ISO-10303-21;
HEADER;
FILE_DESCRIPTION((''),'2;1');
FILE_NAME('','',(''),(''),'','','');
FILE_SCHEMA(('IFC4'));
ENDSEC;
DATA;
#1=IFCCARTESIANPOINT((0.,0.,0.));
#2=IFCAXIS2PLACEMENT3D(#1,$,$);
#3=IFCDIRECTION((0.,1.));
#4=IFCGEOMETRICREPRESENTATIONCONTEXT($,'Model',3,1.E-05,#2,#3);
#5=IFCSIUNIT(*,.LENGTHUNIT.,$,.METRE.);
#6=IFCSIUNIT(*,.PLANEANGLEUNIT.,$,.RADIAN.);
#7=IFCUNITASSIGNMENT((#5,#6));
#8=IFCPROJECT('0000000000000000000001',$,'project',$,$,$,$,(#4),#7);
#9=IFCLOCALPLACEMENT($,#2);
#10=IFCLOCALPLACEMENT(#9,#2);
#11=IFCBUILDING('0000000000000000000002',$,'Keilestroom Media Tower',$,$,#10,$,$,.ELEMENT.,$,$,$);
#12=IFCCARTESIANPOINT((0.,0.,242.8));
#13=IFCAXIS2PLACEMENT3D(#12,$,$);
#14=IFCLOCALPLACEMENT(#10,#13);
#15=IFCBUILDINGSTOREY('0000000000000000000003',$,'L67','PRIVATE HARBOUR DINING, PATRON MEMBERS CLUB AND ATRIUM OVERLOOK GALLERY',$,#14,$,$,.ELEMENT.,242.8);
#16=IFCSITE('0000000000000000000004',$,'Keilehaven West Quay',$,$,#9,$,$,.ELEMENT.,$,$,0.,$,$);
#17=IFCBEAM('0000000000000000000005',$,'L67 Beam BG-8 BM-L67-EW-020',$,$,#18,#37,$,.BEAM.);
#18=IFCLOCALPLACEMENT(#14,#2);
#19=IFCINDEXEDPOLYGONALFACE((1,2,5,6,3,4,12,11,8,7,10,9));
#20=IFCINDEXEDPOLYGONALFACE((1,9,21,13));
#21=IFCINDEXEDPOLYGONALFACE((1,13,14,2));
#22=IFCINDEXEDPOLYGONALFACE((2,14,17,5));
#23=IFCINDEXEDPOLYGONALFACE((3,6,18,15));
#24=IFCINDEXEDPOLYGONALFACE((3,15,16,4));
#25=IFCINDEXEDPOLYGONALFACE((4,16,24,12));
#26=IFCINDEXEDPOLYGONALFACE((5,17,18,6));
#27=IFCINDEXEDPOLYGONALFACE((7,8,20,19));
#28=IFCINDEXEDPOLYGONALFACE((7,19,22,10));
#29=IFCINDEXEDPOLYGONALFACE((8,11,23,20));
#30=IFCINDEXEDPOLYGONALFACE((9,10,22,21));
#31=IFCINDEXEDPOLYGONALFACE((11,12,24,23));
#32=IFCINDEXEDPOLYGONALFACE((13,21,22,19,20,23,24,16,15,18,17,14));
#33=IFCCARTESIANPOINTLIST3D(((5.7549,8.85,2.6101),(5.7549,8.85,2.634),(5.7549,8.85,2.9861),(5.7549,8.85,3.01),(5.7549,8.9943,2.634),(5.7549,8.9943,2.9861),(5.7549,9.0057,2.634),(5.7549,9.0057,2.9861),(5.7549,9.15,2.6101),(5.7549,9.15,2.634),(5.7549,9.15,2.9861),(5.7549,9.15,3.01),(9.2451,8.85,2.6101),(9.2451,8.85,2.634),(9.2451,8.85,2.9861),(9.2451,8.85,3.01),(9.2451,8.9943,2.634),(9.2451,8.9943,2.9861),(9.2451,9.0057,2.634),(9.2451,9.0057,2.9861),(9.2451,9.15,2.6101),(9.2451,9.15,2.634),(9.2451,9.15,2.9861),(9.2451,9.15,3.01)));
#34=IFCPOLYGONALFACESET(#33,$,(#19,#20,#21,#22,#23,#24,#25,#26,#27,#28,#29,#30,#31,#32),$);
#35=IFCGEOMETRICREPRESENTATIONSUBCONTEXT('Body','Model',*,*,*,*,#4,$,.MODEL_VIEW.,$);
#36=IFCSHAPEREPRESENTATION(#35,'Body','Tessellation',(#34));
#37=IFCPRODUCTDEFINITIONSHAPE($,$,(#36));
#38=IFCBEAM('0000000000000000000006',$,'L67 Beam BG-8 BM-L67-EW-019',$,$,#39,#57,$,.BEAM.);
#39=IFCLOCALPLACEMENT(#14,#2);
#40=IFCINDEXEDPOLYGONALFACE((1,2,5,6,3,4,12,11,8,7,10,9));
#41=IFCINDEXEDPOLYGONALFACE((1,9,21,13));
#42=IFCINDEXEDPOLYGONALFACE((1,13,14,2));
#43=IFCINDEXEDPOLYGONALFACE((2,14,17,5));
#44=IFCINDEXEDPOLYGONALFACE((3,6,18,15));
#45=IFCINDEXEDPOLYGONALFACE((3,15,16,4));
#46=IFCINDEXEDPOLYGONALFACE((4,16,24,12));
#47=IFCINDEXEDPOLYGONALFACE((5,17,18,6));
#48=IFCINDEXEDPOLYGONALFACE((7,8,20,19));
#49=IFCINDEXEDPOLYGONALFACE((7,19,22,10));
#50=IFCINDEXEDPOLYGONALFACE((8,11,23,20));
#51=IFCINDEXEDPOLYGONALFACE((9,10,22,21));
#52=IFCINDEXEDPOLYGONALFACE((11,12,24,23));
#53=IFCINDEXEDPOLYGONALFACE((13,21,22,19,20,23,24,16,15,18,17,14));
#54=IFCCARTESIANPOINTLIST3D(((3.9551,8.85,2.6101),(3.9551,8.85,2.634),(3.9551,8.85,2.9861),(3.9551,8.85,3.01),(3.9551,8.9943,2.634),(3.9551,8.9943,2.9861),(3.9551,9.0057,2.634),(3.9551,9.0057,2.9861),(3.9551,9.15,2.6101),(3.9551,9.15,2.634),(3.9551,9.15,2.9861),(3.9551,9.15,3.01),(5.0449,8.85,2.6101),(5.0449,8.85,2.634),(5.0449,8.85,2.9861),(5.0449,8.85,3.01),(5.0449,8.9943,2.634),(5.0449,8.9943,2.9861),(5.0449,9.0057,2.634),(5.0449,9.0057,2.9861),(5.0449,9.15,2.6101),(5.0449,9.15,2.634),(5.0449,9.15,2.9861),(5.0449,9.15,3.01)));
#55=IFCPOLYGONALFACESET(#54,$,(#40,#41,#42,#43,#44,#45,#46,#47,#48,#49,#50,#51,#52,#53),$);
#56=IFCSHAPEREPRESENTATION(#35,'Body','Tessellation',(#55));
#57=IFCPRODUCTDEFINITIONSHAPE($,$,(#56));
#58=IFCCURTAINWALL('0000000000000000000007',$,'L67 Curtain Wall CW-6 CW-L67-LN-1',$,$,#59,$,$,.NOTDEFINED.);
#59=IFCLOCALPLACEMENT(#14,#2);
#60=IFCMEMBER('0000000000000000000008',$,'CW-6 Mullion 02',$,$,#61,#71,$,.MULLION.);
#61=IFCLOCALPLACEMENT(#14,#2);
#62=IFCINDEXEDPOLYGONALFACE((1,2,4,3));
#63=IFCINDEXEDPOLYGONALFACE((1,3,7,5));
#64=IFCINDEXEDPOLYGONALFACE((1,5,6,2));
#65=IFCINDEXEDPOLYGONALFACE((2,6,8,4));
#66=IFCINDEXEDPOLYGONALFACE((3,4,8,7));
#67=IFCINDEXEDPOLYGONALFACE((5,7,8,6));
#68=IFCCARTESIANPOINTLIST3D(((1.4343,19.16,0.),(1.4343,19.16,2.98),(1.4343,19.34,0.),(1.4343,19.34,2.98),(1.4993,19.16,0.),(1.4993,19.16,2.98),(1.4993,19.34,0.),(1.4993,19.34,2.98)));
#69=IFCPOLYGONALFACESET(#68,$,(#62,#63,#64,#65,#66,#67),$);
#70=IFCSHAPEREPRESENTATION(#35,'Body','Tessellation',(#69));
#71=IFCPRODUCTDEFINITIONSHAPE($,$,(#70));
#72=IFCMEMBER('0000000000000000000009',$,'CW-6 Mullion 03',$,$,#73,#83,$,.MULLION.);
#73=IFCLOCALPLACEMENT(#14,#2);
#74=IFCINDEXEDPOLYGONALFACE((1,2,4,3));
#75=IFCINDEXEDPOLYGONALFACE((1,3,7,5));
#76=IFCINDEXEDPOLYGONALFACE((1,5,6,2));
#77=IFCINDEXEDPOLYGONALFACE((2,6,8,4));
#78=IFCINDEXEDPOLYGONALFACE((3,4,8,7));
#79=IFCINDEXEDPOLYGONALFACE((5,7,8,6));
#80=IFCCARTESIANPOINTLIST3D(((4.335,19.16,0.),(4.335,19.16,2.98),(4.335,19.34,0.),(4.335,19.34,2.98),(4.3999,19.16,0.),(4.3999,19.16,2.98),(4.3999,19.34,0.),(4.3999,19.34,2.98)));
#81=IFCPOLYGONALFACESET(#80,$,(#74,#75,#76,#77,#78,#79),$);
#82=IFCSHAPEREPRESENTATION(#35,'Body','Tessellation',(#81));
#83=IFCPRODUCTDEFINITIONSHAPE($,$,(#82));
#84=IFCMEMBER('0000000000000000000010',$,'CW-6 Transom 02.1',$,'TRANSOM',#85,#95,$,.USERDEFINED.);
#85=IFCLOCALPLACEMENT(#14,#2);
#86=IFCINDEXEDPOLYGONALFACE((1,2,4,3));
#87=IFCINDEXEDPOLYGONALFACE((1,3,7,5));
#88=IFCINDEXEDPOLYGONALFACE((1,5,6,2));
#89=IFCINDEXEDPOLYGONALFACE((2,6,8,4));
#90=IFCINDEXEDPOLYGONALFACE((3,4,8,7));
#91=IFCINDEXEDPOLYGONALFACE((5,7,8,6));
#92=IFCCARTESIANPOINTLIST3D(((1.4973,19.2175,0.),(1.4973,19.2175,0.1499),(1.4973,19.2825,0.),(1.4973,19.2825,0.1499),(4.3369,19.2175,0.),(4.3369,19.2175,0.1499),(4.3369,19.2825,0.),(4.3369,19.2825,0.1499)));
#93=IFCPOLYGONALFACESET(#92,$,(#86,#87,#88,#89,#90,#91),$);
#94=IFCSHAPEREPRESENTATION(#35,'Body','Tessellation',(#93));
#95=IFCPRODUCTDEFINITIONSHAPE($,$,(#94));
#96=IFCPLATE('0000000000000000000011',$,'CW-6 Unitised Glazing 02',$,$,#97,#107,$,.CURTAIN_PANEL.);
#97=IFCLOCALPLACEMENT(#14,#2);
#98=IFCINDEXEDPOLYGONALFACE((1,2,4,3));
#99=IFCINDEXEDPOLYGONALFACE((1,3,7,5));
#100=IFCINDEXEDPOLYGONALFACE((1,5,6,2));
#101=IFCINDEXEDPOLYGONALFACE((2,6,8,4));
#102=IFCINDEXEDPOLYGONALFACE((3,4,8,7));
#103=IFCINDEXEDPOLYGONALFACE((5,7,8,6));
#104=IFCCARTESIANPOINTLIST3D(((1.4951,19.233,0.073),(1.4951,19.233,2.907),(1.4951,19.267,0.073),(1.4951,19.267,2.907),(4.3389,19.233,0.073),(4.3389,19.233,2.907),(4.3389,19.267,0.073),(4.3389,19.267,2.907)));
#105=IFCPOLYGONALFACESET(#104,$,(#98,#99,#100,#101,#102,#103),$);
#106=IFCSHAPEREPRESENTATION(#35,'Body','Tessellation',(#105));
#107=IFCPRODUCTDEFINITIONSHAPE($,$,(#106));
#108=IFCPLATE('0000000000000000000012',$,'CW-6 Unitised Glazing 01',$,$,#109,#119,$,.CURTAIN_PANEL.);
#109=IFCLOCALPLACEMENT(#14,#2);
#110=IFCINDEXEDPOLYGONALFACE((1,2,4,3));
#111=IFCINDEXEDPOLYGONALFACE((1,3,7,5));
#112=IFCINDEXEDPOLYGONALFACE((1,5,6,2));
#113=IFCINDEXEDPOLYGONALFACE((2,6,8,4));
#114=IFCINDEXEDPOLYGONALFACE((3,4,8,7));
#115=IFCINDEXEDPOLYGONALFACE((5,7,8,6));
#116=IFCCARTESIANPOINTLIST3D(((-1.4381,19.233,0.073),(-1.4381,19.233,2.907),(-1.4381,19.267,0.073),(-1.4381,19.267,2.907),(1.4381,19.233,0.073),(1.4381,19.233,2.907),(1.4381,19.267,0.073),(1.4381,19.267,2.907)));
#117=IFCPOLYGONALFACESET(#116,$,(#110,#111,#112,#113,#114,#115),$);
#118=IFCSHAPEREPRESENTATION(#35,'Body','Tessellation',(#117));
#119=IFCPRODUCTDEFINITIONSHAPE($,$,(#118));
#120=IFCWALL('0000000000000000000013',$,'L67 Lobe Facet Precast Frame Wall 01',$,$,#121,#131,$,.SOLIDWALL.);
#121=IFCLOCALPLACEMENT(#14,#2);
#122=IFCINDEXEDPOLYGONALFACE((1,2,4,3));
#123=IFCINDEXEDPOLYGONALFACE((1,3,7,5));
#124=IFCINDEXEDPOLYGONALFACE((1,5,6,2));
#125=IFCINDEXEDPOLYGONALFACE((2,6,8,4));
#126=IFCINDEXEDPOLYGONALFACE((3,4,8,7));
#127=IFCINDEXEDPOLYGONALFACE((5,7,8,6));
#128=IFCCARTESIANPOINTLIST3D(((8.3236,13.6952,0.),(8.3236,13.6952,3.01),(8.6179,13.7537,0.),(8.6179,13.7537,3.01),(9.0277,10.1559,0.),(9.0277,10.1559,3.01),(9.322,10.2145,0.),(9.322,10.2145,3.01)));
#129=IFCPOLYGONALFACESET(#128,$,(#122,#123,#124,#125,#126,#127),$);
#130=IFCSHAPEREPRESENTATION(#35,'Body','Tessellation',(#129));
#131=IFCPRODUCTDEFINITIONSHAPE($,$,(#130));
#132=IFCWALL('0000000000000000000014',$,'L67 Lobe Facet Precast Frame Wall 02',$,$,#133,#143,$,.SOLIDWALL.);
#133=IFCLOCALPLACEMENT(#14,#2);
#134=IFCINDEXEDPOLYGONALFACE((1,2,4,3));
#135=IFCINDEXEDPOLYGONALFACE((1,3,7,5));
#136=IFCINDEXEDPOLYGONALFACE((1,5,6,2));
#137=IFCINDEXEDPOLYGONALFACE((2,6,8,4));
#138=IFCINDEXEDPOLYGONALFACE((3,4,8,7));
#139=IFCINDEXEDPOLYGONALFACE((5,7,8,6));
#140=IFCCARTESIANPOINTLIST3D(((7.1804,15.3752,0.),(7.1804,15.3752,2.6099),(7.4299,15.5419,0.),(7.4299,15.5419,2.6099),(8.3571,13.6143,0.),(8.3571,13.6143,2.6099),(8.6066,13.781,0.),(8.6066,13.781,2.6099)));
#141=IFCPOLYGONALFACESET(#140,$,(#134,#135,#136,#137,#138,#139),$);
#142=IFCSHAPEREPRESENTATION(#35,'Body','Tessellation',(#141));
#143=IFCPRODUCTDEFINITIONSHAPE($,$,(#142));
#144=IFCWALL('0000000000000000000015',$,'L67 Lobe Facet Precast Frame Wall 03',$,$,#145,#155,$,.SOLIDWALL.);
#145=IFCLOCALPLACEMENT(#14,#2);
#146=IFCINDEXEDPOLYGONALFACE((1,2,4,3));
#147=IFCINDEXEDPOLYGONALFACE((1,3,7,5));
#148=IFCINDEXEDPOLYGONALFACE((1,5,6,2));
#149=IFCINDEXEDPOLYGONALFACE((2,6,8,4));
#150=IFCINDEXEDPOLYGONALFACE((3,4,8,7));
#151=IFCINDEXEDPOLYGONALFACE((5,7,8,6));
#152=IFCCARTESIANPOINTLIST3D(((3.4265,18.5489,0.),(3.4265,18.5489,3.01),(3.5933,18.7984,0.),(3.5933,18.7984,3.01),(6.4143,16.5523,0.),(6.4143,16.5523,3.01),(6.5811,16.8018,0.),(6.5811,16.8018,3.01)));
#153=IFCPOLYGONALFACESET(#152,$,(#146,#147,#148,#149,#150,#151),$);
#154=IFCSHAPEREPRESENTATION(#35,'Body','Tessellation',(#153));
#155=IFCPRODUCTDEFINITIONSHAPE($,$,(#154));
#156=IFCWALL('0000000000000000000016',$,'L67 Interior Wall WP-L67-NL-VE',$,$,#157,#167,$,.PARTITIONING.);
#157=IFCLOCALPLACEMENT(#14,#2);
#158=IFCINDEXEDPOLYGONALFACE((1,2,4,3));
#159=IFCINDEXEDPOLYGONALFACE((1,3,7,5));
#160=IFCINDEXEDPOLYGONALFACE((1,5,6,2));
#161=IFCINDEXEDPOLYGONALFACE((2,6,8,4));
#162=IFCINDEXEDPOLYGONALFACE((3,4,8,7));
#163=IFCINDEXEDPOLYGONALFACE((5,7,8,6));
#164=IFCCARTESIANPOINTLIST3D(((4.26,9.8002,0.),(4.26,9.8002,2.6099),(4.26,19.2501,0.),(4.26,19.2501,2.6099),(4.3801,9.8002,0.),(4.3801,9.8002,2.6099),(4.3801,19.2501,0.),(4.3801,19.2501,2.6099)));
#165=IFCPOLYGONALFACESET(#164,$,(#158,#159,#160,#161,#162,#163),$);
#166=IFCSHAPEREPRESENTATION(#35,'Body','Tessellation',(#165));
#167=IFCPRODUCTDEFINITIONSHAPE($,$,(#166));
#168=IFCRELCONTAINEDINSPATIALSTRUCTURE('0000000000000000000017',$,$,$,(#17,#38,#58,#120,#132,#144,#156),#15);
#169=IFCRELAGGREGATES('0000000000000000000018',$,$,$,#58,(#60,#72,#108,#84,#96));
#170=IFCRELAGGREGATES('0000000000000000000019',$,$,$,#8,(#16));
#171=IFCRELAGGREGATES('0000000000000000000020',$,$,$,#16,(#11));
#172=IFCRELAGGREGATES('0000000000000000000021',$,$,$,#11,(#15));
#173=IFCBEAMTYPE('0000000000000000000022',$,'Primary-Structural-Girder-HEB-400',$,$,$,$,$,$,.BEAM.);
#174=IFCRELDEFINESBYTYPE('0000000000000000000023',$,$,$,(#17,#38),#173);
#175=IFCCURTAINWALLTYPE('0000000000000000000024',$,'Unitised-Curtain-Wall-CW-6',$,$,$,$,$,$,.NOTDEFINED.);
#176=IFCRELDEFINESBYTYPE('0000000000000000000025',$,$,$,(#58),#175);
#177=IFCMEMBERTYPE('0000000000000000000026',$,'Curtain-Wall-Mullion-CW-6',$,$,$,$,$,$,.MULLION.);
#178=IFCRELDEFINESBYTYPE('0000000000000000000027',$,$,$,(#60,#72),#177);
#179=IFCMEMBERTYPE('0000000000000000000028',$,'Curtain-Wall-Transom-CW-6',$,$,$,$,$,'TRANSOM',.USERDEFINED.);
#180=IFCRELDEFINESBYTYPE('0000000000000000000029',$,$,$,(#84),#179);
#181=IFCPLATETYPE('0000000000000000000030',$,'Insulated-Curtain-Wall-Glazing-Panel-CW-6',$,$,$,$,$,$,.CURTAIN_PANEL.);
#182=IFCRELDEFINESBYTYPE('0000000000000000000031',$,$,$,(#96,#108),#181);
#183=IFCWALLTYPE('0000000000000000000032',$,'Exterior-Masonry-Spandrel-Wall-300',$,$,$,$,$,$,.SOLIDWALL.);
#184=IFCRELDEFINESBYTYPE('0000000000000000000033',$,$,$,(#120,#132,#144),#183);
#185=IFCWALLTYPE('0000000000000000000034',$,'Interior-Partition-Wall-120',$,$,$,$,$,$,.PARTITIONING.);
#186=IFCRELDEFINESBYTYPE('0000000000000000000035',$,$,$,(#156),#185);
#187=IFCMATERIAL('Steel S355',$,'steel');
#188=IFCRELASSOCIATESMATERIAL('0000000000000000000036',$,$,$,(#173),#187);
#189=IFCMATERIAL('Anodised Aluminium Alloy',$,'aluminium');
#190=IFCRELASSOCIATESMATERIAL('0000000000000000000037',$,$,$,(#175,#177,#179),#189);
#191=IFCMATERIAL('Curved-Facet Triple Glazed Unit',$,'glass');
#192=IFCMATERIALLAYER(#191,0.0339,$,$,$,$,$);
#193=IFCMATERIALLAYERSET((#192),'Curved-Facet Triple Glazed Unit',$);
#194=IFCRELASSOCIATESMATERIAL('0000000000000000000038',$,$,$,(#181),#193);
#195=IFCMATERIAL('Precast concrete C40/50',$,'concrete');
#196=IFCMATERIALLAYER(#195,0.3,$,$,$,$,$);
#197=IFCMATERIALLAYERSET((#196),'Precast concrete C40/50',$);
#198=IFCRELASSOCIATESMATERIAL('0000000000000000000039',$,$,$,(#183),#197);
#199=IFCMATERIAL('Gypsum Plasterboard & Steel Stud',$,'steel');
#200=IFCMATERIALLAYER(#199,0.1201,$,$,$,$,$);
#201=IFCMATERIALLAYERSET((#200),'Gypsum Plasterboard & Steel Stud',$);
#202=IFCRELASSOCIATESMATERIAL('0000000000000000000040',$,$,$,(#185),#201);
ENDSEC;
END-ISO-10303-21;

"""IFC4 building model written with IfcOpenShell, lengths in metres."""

from ifc_helpers import new_model, si_unit, direction, frame, frame_2d, origin, origin_2d, place, context, subcontext, project, spatial, rectangle, i_section, extrude, source, transform, mapped, material, layer, layer_set, material_profile, profile_set, type_object, element, aggregate, save


model = new_model("IFC4")

# Units and contexts
model_context = context("Model", 3, precision=1e-05, world=origin(), true_north=direction((0.0, 1.0)))
body_context = subcontext(model_context, "Body", "Model", "MODEL_VIEW")
ifc_project = project(units=[si_unit("LENGTHUNIT", "METRE"), si_unit("PLANEANGLEUNIT", "RADIAN")], contexts=[model_context])

# Site, building, storey
site_placement = place(None, origin())
site = spatial("IfcSite", under=ifc_project, at=site_placement, Name="Keilehaven West Quay", CompositionType="ELEMENT", RefElevation=0.0)
building_placement = place(site_placement, origin())
building = spatial("IfcBuilding", under=site, at=building_placement, Name="Keilestroom Media Tower", CompositionType="ELEMENT")
storey_placement = place(building_placement, frame((0.0, 0.0, 242.8)))
storey = spatial("IfcBuildingStorey", under=building, at=storey_placement, Name="L67", Description="PRIVATE HARBOUR DINING, PATRON MEMBERS CLUB AND ATRIUM OVERLOOK GALLERY", CompositionType="ELEMENT", Elevation=242.8)

# Shared definitions
ifc_material_1 = material(Name="Precast concrete C40/50", Category="concrete")
ifc_material_2 = material(Name="Steel S355", Category="steel")

# Beams
ifc_material_profile_1 = material_profile(ifc_material_2, i_section(OverallWidth=0.3, OverallDepth=0.3999, WebThickness=0.0115, FlangeThickness=0.0239, at=origin_2d()), Name="HEB 400")
ifc_profile_set_1 = profile_set([ifc_material_profile_1], Name="Steel S355")
beam_type = type_object("IfcBeamType", Name="Primary-Structural-Girder-HEB-400", PredefinedType="BEAM", material=ifc_profile_set_1)
shared_shape_1 = source(origin(), body_context, "Body", "SweptSolid", [
    extrude(i_section(OverallWidth=0.3, OverallDepth=0.3999, WebThickness=0.0115, FlangeThickness=0.0239, at=origin_2d()), origin(), (0.0, 0.0, 1.0), 3.4902),
])
beam_1_placement = place(storey_placement, frame((5.7549, 9.0, 2.8101), z_axis=(1.0, 0.0, 0.0), x_axis=(0.0, 1.0, 0.0)))
element("IfcBeam", 1, at=beam_1_placement, inside=storey, type_object=beam_type, Name="L67 Beam BG-8 BM-L67-EW-020", PredefinedType="BEAM", context=body_context, shape_type="MappedRepresentation", body=[
    mapped(shared_shape_1, transform((0.0, 0.0, 0.0), x_axis=(1.0, 0.0, 0.0), y_axis=(0.0, 1.0, 0.0), z_axis=(0.0, 0.0, 1.0), scale=1.0)),
])
shared_shape_2 = source(origin(), body_context, "Body", "SweptSolid", [
    extrude(i_section(OverallWidth=0.3, OverallDepth=0.3999, WebThickness=0.0115, FlangeThickness=0.0239, at=origin_2d()), origin(), (0.0, 0.0, 1.0), 1.0898),
])
beam_2_placement = place(storey_placement, frame((3.9551, 9.0, 2.8101), z_axis=(1.0, 0.0, 0.0), x_axis=(0.0, 1.0, 0.0)))
element("IfcBeam", 2, at=beam_2_placement, inside=storey, type_object=beam_type, Name="L67 Beam BG-8 BM-L67-EW-019", PredefinedType="BEAM", context=body_context, shape_type="MappedRepresentation", body=[
    mapped(shared_shape_2, transform((0.0, 0.0, 0.0), x_axis=(1.0, 0.0, 0.0), y_axis=(0.0, 1.0, 0.0), z_axis=(0.0, 0.0, 1.0), scale=1.0)),
])

# Curtain wall, members, plates
ifc_material_3 = material(Name="Anodised Aluminium Alloy", Category="aluminium")
curtain_wall_type = type_object("IfcCurtainWallType", Name="Unitised-Curtain-Wall-CW-6", PredefinedType="NOTDEFINED", material=ifc_material_3)
curtain_wall_placement = place(storey_placement, origin())
curtain_wall = element("IfcCurtainWall", 3, at=curtain_wall_placement, inside=storey, type_object=curtain_wall_type, Name="L67 Curtain Wall CW-6 CW-L67-LN-1", PredefinedType="NOTDEFINED")
ifc_material_profile_2 = material_profile(ifc_material_3, rectangle(XDim=0.0649, YDim=0.1799, at=origin_2d()), Name="ALU MULLION 65x180")
ifc_profile_set_2 = profile_set([ifc_material_profile_2], Name="Anodised Aluminium Alloy")
member_type_1 = type_object("IfcMemberType", Name="Curtain-Wall-Mullion-CW-6", PredefinedType="MULLION", material=ifc_profile_set_2)
shared_shape_3 = source(origin(), body_context, "Body", "SweptSolid", [
    extrude(rectangle(XDim=0.0649, YDim=0.1799, at=origin_2d()), origin(), (0.0, 0.0, 1.0), 2.98),
])
member_1_placement = place(storey_placement, frame((1.4668, 19.25, 0.0), z_axis=(0.0, 0.0, 1.0), x_axis=(1.0, 0.0, 0.0)))
member_1 = element("IfcMember", 4, at=member_1_placement, type_object=member_type_1, Name="CW-6 Mullion 02", PredefinedType="MULLION", context=body_context, shape_type="MappedRepresentation", body=[
    mapped(shared_shape_3, transform((0.0, 0.0, 0.0), x_axis=(1.0, 0.0, 0.0), y_axis=(0.0, 1.0, 0.0), z_axis=(0.0, 0.0, 1.0), scale=1.0)),
])
member_2_placement = place(storey_placement, frame((4.3674, 19.25, 0.0), z_axis=(0.0, 0.0, 1.0), x_axis=(1.0, 0.0, 0.0)))
member_2 = element("IfcMember", 5, at=member_2_placement, type_object=member_type_1, Name="CW-6 Mullion 03", PredefinedType="MULLION", context=body_context, shape_type="MappedRepresentation", body=[
    mapped(shared_shape_3, transform((0.0, 0.0, 0.0), x_axis=(1.0, 0.0, 0.0), y_axis=(0.0, 1.0, 0.0), z_axis=(0.0, 0.0, 1.0), scale=1.0)),
])
ifc_material_profile_3 = material_profile(ifc_material_3, rectangle(XDim=0.0649, YDim=0.1499, at=origin_2d()), Name="ALU TRANSOM 65x150")
ifc_profile_set_3 = profile_set([ifc_material_profile_3], Name="Anodised Aluminium Alloy")
member_type_2 = type_object("IfcMemberType", Name="Curtain-Wall-Transom-CW-6", ElementType="TRANSOM", PredefinedType="USERDEFINED", material=ifc_profile_set_3)
shared_shape_4 = source(origin(), body_context, "Body", "SweptSolid", [
    extrude(rectangle(XDim=0.0649, YDim=0.1499, at=origin_2d()), origin(), (0.0, 0.0, 1.0), 2.8396),
])
member_3_placement = place(storey_placement, frame((1.4973, 19.25, 0.075), z_axis=(1.0, 0.0, 0.0), x_axis=(0.0, 1.0, 0.0)))
member_3 = element("IfcMember", 6, at=member_3_placement, type_object=member_type_2, Name="CW-6 Transom 02.1", ObjectType="TRANSOM", PredefinedType="USERDEFINED", context=body_context, shape_type="MappedRepresentation", body=[
    mapped(shared_shape_4, transform((0.0, 0.0, 0.0), x_axis=(1.0, 0.0, 0.0), y_axis=(0.0, 1.0, 0.0), z_axis=(0.0, 0.0, 1.0), scale=1.0)),
])
ifc_material_4 = material(Name="Curved-Facet Triple Glazed Unit", Category="glass")
ifc_layer_1 = layer(ifc_material_4, 0.0339)
ifc_layer_set_1 = layer_set([ifc_layer_1], Name="Curved-Facet Triple Glazed Unit")
plate_type = type_object("IfcPlateType", Name="Insulated-Curtain-Wall-Glazing-Panel-CW-6", PredefinedType="CURTAIN_PANEL", material=ifc_layer_set_1)
shared_shape_5 = source(origin(), body_context, "Body", "SweptSolid", [
    extrude(rectangle(XDim=2.8438, YDim=0.0339, at=origin_2d()), origin(), (0.0, 0.0, 1.0), 2.834),
])
plate_1_placement = place(storey_placement, frame((2.917, 19.25, 0.073), z_axis=(0.0, 0.0, 1.0), x_axis=(1.0, 0.0, 0.0)))
plate_1 = element("IfcPlate", 7, at=plate_1_placement, type_object=plate_type, Name="CW-6 Unitised Glazing 02", PredefinedType="CURTAIN_PANEL", context=body_context, shape_type="MappedRepresentation", body=[
    mapped(shared_shape_5, transform((0.0, 0.0, 0.0), x_axis=(1.0, 0.0, 0.0), y_axis=(0.0, 1.0, 0.0), z_axis=(0.0, 0.0, 1.0), scale=1.0)),
])
shared_shape_6 = source(origin(), body_context, "Body", "SweptSolid", [
    extrude(rectangle(XDim=2.8762, YDim=0.0339, at=origin_2d()), origin(), (0.0, 0.0, 1.0), 2.834),
])
plate_2_placement = place(storey_placement, frame((0.0, 19.25, 0.073), z_axis=(0.0, 0.0, 1.0), x_axis=(1.0, 0.0, 0.0)))
plate_2 = element("IfcPlate", 8, at=plate_2_placement, type_object=plate_type, Name="CW-6 Unitised Glazing 01", PredefinedType="CURTAIN_PANEL", context=body_context, shape_type="MappedRepresentation", body=[
    mapped(shared_shape_6, transform((0.0, 0.0, 0.0), x_axis=(1.0, 0.0, 0.0), y_axis=(0.0, 1.0, 0.0), z_axis=(0.0, 0.0, 1.0), scale=1.0)),
])
aggregate(curtain_wall, [member_1, member_2, plate_2, member_3, plate_1])

# Walls
ifc_layer_2 = layer(ifc_material_1, 0.3)
ifc_layer_set_2 = layer_set([ifc_layer_2], Name="Precast concrete C40/50")
wall_type_1 = type_object("IfcWallType", Name="Exterior-Masonry-Spandrel-Wall-300", PredefinedType="SOLIDWALL", material=ifc_layer_set_2)
wall_1_placement = place(storey_placement, frame((9.1748, 10.1853, 0.0), z_axis=(0.0, 0.0, 1.0), x_axis=(-0.195114, 0.980781, 0.0)))
element("IfcWall", 9, at=wall_1_placement, inside=storey, type_object=wall_type_1, Name="L67 Lobe Facet Precast Frame Wall 01", PredefinedType="SOLIDWALL", context=body_context, shape_type="SweptSolid", body=[
    extrude(rectangle(XDim=3.6086, YDim=0.3, at=frame_2d((1.8042, 0.0))), origin(), (0.0, 0.0, 1.0), 3.01),
])
wall_2_placement = place(storey_placement, frame((8.4819, 13.6975, 0.0), z_axis=(0.0, 0.0, 1.0), x_axis=(-0.555604, 0.831447, 0.0)))
element("IfcWall", 10, at=wall_2_placement, inside=storey, type_object=wall_type_1, Name="L67 Lobe Facet Precast Frame Wall 02", PredefinedType="SOLIDWALL", context=body_context, shape_type="SweptSolid", body=[
    extrude(rectangle(XDim=2.1179, YDim=0.3, at=frame_2d((1.0591, 0.0))), origin(), (0.0, 0.0, 1.0), 2.6099),
])
wall_3_placement = place(storey_placement, frame((6.4978, 16.677, 0.0), z_axis=(0.0, 0.0, 1.0), x_axis=(-0.831444, 0.555609, 0.0)))
element("IfcWall", 11, at=wall_3_placement, inside=storey, type_object=wall_type_1, Name="L67 Lobe Facet Precast Frame Wall 03", PredefinedType="SOLIDWALL", context=body_context, shape_type="SweptSolid", body=[
    extrude(rectangle(XDim=3.5935, YDim=0.3, at=frame_2d((1.7969, 0.0))), origin(), (0.0, 0.0, 1.0), 3.01),
])
ifc_material_5 = material(Name="Gypsum Plasterboard & Steel Stud", Category="steel")
ifc_layer_3 = layer(ifc_material_5, 0.1201)
ifc_layer_set_3 = layer_set([ifc_layer_3], Name="Gypsum Plasterboard & Steel Stud")
wall_type_2 = type_object("IfcWallType", Name="Interior-Partition-Wall-120", PredefinedType="PARTITIONING", material=ifc_layer_set_3)
wall_4_placement = place(storey_placement, frame((4.3201, 9.8, 0.0), z_axis=(0.0, 0.0, 1.0), x_axis=(0.0, 1.0, 0.0)))
element("IfcWall", 12, at=wall_4_placement, inside=storey, type_object=wall_type_2, Name="L67 Interior Wall WP-L67-NL-VE", PredefinedType="PARTITIONING", context=body_context, shape_type="SweptSolid", body=[
    extrude(rectangle(XDim=9.45, YDim=0.1201, at=frame_2d((4.7251, 0.0))), origin(), (0.0, 0.0, 1.0), 2.6099),
])

save(model, "model.ifc")
